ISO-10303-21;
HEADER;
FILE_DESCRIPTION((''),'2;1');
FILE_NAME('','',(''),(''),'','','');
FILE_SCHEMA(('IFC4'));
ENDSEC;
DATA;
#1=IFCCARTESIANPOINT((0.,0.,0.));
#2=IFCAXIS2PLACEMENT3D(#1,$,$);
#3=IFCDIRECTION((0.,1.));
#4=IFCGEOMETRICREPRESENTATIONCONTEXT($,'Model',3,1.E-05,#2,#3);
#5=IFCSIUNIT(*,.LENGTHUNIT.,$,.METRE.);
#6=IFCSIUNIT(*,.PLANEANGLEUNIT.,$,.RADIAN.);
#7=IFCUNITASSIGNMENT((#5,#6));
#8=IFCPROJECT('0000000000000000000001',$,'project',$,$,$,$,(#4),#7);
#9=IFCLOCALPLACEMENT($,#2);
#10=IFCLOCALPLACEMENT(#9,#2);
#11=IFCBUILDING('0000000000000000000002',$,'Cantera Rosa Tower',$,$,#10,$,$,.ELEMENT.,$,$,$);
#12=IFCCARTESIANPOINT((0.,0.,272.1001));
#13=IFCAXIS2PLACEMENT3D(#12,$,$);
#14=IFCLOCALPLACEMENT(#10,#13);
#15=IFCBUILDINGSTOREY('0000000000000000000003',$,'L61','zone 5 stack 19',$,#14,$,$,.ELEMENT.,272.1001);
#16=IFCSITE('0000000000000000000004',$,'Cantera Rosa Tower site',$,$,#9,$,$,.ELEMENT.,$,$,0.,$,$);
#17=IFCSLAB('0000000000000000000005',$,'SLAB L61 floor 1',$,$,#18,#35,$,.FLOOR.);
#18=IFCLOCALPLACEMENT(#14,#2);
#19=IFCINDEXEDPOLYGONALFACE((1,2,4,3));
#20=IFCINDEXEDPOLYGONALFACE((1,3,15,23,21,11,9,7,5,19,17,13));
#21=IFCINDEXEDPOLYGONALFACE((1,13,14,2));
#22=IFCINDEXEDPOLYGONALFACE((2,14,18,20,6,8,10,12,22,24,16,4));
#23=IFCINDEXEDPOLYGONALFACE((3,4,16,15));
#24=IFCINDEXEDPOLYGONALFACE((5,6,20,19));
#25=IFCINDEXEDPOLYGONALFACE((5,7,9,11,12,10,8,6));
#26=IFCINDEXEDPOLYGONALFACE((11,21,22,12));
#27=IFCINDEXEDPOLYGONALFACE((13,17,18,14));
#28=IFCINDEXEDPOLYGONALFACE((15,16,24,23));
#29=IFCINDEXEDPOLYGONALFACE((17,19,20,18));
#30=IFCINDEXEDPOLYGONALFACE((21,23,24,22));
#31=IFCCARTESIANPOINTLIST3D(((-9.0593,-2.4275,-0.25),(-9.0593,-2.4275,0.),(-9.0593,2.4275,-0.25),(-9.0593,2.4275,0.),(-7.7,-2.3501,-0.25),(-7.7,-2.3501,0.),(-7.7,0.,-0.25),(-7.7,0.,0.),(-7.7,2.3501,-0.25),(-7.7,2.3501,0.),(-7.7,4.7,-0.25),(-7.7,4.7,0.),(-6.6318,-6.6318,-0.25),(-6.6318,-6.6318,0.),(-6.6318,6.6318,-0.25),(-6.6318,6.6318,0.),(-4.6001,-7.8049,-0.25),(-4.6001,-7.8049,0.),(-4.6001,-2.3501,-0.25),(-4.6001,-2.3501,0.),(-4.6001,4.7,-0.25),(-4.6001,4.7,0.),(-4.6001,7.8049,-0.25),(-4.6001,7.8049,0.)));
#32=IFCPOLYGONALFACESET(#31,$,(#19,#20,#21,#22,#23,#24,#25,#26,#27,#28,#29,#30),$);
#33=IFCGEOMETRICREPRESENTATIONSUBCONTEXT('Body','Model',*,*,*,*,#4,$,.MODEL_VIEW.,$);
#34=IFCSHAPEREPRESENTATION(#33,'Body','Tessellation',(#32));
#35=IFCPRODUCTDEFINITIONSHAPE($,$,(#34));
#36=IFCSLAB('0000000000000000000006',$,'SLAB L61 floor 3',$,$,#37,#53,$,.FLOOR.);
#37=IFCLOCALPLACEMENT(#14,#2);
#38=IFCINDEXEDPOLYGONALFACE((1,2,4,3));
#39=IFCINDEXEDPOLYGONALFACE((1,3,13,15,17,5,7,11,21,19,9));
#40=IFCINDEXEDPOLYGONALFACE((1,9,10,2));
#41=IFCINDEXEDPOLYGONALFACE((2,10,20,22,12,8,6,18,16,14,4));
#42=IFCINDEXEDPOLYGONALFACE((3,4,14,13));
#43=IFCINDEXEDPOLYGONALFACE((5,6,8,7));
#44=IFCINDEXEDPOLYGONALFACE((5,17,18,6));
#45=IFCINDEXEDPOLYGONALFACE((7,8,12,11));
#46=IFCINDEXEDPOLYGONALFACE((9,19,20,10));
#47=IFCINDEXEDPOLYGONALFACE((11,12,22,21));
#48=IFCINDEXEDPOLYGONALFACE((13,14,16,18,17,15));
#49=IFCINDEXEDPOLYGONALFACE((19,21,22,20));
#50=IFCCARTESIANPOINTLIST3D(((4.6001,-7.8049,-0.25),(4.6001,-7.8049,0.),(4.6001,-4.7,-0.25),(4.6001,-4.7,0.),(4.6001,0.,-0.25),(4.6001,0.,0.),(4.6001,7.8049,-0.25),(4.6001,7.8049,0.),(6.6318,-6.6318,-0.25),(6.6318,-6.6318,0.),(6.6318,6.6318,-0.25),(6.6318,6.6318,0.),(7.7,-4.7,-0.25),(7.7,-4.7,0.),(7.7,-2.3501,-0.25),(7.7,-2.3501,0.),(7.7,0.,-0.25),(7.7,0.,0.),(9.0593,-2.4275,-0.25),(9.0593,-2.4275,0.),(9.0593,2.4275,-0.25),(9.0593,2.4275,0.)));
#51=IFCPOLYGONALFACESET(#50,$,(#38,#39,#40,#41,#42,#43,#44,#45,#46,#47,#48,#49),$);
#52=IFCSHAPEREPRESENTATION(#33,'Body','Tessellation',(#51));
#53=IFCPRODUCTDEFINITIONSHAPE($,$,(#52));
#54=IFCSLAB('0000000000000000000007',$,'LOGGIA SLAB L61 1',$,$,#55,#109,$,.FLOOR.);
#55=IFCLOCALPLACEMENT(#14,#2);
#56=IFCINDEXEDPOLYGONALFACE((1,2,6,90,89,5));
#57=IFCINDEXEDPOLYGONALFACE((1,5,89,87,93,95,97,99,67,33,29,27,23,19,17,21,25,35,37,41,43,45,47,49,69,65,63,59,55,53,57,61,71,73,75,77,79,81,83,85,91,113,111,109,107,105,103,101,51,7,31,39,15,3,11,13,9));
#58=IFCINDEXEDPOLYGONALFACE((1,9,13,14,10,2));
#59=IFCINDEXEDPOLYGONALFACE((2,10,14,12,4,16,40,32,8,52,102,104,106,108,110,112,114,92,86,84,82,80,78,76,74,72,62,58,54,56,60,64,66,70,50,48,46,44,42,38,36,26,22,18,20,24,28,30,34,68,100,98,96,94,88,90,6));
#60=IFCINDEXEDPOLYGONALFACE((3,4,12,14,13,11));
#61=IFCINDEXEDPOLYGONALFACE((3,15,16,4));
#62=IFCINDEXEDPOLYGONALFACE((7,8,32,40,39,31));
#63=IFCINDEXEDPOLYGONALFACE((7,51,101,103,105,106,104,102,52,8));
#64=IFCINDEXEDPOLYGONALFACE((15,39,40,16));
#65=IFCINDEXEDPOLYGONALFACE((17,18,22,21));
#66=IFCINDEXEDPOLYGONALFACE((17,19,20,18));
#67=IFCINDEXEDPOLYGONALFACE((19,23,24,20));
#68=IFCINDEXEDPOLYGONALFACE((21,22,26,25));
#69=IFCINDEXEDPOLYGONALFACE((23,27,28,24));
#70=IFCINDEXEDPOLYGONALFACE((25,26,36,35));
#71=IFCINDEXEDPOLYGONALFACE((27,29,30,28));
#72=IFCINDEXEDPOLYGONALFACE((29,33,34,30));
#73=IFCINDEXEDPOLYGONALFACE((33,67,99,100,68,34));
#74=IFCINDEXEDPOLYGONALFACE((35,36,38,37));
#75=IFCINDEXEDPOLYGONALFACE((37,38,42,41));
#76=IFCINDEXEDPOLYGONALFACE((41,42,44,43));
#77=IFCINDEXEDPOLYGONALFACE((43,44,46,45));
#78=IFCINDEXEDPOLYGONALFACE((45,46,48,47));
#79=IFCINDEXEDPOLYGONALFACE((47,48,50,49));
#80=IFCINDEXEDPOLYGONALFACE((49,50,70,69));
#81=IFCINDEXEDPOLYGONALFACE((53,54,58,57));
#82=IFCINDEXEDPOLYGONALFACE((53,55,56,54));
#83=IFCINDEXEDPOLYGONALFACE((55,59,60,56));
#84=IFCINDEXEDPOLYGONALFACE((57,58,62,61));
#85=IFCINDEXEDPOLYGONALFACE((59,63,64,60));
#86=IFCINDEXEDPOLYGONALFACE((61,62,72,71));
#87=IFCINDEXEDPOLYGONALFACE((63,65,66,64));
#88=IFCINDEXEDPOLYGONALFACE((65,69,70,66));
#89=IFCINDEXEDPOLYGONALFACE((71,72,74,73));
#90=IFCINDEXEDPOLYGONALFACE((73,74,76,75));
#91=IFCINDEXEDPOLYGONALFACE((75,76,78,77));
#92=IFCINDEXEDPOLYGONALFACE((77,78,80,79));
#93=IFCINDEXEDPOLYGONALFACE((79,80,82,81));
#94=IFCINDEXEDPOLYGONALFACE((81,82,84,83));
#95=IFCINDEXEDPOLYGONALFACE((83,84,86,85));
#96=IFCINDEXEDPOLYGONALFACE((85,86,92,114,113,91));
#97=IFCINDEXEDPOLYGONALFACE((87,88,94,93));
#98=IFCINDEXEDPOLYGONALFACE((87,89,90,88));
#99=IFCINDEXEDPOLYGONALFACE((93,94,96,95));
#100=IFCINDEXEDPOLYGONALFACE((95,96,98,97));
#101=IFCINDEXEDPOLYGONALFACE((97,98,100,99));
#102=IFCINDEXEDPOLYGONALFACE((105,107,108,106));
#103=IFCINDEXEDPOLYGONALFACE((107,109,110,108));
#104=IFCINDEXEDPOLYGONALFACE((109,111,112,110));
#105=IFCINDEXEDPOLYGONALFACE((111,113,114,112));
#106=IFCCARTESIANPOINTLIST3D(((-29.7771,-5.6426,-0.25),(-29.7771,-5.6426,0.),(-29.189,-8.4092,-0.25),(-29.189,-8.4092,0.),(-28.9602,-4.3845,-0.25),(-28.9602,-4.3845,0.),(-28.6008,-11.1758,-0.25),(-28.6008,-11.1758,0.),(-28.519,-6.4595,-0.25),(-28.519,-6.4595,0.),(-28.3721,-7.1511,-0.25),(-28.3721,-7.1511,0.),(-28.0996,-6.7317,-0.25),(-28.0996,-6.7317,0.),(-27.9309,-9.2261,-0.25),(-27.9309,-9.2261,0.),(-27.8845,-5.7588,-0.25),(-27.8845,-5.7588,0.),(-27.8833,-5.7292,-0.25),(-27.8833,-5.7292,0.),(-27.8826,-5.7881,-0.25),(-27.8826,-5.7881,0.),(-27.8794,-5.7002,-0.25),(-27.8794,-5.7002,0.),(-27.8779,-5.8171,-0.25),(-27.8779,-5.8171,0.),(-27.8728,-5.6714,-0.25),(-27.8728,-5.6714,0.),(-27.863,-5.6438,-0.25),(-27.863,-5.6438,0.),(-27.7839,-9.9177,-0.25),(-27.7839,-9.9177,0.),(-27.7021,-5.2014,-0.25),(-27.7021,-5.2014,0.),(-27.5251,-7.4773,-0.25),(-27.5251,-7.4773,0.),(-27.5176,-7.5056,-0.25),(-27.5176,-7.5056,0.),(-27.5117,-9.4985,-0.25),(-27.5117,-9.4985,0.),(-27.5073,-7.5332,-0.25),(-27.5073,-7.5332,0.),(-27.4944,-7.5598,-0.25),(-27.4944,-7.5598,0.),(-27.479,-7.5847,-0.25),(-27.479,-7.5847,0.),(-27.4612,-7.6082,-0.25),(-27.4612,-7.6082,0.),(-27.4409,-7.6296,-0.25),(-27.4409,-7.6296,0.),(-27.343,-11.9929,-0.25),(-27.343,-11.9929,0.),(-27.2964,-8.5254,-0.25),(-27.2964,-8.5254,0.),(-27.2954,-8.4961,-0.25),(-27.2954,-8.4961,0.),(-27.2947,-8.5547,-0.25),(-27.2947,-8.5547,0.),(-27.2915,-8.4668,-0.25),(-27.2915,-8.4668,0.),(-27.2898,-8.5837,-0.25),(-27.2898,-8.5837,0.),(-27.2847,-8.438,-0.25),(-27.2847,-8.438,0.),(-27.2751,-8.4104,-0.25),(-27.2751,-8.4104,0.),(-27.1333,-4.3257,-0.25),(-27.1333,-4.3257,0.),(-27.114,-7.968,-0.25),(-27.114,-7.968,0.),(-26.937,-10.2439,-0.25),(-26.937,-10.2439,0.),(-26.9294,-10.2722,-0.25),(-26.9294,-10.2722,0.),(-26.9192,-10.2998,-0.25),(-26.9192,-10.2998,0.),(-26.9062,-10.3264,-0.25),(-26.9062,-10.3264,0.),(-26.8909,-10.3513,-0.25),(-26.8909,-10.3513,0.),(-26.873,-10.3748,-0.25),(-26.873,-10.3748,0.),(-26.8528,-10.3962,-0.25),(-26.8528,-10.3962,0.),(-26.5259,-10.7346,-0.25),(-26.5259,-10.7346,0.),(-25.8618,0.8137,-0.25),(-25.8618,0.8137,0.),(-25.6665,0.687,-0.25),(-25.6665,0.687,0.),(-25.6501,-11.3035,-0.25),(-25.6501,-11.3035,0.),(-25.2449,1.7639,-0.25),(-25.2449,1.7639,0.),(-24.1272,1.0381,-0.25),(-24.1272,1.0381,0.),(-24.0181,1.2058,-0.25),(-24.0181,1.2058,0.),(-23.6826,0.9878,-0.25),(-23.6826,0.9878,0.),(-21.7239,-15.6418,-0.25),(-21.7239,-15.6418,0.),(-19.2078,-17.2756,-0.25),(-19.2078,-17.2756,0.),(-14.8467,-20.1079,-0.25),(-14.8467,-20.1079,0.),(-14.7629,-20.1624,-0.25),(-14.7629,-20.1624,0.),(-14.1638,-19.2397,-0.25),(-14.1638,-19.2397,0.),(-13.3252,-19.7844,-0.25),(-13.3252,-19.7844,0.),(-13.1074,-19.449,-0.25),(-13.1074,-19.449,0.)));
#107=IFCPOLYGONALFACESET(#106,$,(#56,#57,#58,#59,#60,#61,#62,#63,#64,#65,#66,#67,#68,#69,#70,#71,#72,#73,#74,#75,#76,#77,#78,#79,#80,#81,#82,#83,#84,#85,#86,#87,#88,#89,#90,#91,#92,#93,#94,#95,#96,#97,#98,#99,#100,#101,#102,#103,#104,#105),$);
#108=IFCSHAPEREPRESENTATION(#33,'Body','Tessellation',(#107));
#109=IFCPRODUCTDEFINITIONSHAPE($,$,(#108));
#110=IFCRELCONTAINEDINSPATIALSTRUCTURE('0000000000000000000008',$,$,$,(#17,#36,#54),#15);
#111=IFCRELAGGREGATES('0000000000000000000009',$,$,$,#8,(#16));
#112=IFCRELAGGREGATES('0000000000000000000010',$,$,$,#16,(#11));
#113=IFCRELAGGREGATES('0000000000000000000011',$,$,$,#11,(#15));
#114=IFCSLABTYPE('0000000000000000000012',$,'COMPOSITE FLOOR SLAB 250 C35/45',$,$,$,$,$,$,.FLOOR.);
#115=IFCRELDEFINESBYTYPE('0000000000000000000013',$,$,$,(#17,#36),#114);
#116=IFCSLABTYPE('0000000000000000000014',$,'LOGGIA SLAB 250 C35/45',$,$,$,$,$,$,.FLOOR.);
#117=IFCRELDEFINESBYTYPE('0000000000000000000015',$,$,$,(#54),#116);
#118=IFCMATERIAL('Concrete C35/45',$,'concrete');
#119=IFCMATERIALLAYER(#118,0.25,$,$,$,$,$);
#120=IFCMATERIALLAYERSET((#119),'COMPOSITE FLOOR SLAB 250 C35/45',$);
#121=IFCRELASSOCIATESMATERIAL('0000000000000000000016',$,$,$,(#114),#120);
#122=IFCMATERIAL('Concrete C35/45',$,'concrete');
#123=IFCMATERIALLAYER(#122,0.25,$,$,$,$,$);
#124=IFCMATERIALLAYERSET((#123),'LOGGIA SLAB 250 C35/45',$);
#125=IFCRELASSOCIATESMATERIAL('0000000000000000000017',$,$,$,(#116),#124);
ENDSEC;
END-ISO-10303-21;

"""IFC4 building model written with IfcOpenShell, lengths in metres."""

from ifc_helpers import new_model, si_unit, direction, frame, origin, place, context, subcontext, project, spatial, polyline, outline, extrude, material, layer, layer_set, type_object, element, save


model = new_model("IFC4")

# Units and contexts
model_context = context("Model", 3, precision=1e-05, world=origin(), true_north=direction((0.0, 1.0)))
body_context = subcontext(model_context, "Body", "Model", "MODEL_VIEW")
ifc_project = project(units=[si_unit("LENGTHUNIT", "METRE"), si_unit("PLANEANGLEUNIT", "RADIAN")], contexts=[model_context])

# Site, building, storey
site_placement = place(None, origin())
site = spatial("IfcSite", under=ifc_project, at=site_placement, Name="Cantera Rosa Tower site", CompositionType="ELEMENT", RefElevation=0.0)
building_placement = place(site_placement, origin())
building = spatial("IfcBuilding", under=site, at=building_placement, Name="Cantera Rosa Tower", CompositionType="ELEMENT")
storey_placement = place(building_placement, frame((0.0, 0.0, 272.1001)))
storey = spatial("IfcBuildingStorey", under=building, at=storey_placement, Name="L61", Description="zone 5 stack 19", CompositionType="ELEMENT", Elevation=272.1001)

# Slabs
ifc_material_1 = material(Name="Concrete C35/45", Category="concrete")
ifc_layer_1 = layer(ifc_material_1, 0.25)
ifc_layer_set_1 = layer_set([ifc_layer_1], Name="COMPOSITE FLOOR SLAB 250 C35/45")
slab_type_1 = type_object("IfcSlabType", Name="COMPOSITE FLOOR SLAB 250 C35/45", PredefinedType="FLOOR", material=ifc_layer_set_1)
slab_1_placement = place(storey_placement, frame((0.0, 0.0, -0.25)))
element("IfcSlab", 1, at=slab_1_placement, inside=storey, type_object=slab_type_1, Name="SLAB L61 floor 1", PredefinedType="FLOOR", context=body_context, shape_type="SweptSolid", body=[
    extrude(outline(polyline([(-6.6318, -6.6318), (-9.0593, -2.4275), (-9.0593, 2.4275), (-6.6318, 6.6318), (-4.6001, 7.8049), (-4.6001, 4.7), (-7.7, 4.7), (-7.7, 2.3501), (-7.7, 0.0), (-7.7, -2.3501), (-4.6001, -2.3501), (-4.6001, -7.8049), (-6.6318, -6.6318)])), origin(), (0.0, 0.0, 1.0), 0.25),
])
slab_2_placement = place(storey_placement, frame((0.0, 0.0, -0.25)))
element("IfcSlab", 2, at=slab_2_placement, inside=storey, type_object=slab_type_1, Name="SLAB L61 floor 3", PredefinedType="FLOOR", context=body_context, shape_type="SweptSolid", body=[
    extrude(outline(polyline([(7.7, 0.0), (4.6001, 0.0), (4.6001, 7.8049), (6.6318, 6.6318), (9.0593, 2.4275), (9.0593, -2.4275), (6.6318, -6.6318), (4.6001, -7.8049), (4.6001, -4.7), (7.7, -4.7), (7.7, -2.3501), (7.7, 0.0)])), origin(), (0.0, 0.0, 1.0), 0.25),
])
ifc_material_2 = material(Name="Concrete C35/45", Category="concrete")
ifc_layer_2 = layer(ifc_material_2, 0.25)
ifc_layer_set_2 = layer_set([ifc_layer_2], Name="LOGGIA SLAB 250 C35/45")
slab_type_2 = type_object("IfcSlabType", Name="LOGGIA SLAB 250 C35/45", PredefinedType="FLOOR", material=ifc_layer_set_2)
slab_3_placement = place(storey_placement, frame((0.0, 0.0, -0.25)))
element("IfcSlab", 3, at=slab_3_placement, inside=storey, type_object=slab_type_2, Name="LOGGIA SLAB L61 1", PredefinedType="FLOOR", context=body_context, shape_type="SweptSolid", body=[
    extrude(outline(polyline([(-28.6008, -11.1758), (-27.7839, -9.9177), (-27.5117, -9.4985), (-27.9309, -9.2261), (-29.189, -8.4092), (-28.3721, -7.1511), (-28.0996, -6.7317), (-28.519, -6.4595), (-29.7771, -5.6426), (-28.9602, -4.3845), (-25.6665, 0.687), (-25.8618, 0.8137), (-25.2449, 1.7639), (-24.1272, 1.0381), (-24.0181, 1.2058), (-23.6826, 0.9878), (-27.1333, -4.3257), (-27.7021, -5.2014), (-27.863, -5.6438), (-27.8728, -5.6714), (-27.8794, -5.7002), (-27.8833, -5.7292), (-27.8845, -5.7588), (-27.8826, -5.7881), (-27.8779, -5.8171), (-27.5251, -7.4773), (-27.5176, -7.5056), (-27.5073, -7.5332), (-27.4944, -7.5598), (-27.479, -7.5847), (-27.4612, -7.6082), (-27.4409, -7.6296), (-27.114, -7.968), (-27.2751, -8.4104), (-27.2847, -8.438), (-27.2915, -8.4668), (-27.2954, -8.4961), (-27.2964, -8.5254), (-27.2947, -8.5547), (-27.2898, -8.5837), (-26.937, -10.2439), (-26.9294, -10.2722), (-26.9192, -10.2998), (-26.9062, -10.3264), (-26.8909, -10.3513), (-26.873, -10.3748), (-26.8528, -10.3962), (-26.5259, -10.7346), (-25.6501, -11.3035), (-13.1074, -19.449), (-13.3252, -19.7844), (-14.1638, -19.2397), (-14.7629, -20.1624), (-14.8467, -20.1079), (-19.2078, -17.2756), (-21.7239, -15.6418), (-27.343, -11.9929), (-28.6008, -11.1758)])), origin(), (0.0, 0.0, 1.0), 0.25),
])

save(model, "model.ifc")
